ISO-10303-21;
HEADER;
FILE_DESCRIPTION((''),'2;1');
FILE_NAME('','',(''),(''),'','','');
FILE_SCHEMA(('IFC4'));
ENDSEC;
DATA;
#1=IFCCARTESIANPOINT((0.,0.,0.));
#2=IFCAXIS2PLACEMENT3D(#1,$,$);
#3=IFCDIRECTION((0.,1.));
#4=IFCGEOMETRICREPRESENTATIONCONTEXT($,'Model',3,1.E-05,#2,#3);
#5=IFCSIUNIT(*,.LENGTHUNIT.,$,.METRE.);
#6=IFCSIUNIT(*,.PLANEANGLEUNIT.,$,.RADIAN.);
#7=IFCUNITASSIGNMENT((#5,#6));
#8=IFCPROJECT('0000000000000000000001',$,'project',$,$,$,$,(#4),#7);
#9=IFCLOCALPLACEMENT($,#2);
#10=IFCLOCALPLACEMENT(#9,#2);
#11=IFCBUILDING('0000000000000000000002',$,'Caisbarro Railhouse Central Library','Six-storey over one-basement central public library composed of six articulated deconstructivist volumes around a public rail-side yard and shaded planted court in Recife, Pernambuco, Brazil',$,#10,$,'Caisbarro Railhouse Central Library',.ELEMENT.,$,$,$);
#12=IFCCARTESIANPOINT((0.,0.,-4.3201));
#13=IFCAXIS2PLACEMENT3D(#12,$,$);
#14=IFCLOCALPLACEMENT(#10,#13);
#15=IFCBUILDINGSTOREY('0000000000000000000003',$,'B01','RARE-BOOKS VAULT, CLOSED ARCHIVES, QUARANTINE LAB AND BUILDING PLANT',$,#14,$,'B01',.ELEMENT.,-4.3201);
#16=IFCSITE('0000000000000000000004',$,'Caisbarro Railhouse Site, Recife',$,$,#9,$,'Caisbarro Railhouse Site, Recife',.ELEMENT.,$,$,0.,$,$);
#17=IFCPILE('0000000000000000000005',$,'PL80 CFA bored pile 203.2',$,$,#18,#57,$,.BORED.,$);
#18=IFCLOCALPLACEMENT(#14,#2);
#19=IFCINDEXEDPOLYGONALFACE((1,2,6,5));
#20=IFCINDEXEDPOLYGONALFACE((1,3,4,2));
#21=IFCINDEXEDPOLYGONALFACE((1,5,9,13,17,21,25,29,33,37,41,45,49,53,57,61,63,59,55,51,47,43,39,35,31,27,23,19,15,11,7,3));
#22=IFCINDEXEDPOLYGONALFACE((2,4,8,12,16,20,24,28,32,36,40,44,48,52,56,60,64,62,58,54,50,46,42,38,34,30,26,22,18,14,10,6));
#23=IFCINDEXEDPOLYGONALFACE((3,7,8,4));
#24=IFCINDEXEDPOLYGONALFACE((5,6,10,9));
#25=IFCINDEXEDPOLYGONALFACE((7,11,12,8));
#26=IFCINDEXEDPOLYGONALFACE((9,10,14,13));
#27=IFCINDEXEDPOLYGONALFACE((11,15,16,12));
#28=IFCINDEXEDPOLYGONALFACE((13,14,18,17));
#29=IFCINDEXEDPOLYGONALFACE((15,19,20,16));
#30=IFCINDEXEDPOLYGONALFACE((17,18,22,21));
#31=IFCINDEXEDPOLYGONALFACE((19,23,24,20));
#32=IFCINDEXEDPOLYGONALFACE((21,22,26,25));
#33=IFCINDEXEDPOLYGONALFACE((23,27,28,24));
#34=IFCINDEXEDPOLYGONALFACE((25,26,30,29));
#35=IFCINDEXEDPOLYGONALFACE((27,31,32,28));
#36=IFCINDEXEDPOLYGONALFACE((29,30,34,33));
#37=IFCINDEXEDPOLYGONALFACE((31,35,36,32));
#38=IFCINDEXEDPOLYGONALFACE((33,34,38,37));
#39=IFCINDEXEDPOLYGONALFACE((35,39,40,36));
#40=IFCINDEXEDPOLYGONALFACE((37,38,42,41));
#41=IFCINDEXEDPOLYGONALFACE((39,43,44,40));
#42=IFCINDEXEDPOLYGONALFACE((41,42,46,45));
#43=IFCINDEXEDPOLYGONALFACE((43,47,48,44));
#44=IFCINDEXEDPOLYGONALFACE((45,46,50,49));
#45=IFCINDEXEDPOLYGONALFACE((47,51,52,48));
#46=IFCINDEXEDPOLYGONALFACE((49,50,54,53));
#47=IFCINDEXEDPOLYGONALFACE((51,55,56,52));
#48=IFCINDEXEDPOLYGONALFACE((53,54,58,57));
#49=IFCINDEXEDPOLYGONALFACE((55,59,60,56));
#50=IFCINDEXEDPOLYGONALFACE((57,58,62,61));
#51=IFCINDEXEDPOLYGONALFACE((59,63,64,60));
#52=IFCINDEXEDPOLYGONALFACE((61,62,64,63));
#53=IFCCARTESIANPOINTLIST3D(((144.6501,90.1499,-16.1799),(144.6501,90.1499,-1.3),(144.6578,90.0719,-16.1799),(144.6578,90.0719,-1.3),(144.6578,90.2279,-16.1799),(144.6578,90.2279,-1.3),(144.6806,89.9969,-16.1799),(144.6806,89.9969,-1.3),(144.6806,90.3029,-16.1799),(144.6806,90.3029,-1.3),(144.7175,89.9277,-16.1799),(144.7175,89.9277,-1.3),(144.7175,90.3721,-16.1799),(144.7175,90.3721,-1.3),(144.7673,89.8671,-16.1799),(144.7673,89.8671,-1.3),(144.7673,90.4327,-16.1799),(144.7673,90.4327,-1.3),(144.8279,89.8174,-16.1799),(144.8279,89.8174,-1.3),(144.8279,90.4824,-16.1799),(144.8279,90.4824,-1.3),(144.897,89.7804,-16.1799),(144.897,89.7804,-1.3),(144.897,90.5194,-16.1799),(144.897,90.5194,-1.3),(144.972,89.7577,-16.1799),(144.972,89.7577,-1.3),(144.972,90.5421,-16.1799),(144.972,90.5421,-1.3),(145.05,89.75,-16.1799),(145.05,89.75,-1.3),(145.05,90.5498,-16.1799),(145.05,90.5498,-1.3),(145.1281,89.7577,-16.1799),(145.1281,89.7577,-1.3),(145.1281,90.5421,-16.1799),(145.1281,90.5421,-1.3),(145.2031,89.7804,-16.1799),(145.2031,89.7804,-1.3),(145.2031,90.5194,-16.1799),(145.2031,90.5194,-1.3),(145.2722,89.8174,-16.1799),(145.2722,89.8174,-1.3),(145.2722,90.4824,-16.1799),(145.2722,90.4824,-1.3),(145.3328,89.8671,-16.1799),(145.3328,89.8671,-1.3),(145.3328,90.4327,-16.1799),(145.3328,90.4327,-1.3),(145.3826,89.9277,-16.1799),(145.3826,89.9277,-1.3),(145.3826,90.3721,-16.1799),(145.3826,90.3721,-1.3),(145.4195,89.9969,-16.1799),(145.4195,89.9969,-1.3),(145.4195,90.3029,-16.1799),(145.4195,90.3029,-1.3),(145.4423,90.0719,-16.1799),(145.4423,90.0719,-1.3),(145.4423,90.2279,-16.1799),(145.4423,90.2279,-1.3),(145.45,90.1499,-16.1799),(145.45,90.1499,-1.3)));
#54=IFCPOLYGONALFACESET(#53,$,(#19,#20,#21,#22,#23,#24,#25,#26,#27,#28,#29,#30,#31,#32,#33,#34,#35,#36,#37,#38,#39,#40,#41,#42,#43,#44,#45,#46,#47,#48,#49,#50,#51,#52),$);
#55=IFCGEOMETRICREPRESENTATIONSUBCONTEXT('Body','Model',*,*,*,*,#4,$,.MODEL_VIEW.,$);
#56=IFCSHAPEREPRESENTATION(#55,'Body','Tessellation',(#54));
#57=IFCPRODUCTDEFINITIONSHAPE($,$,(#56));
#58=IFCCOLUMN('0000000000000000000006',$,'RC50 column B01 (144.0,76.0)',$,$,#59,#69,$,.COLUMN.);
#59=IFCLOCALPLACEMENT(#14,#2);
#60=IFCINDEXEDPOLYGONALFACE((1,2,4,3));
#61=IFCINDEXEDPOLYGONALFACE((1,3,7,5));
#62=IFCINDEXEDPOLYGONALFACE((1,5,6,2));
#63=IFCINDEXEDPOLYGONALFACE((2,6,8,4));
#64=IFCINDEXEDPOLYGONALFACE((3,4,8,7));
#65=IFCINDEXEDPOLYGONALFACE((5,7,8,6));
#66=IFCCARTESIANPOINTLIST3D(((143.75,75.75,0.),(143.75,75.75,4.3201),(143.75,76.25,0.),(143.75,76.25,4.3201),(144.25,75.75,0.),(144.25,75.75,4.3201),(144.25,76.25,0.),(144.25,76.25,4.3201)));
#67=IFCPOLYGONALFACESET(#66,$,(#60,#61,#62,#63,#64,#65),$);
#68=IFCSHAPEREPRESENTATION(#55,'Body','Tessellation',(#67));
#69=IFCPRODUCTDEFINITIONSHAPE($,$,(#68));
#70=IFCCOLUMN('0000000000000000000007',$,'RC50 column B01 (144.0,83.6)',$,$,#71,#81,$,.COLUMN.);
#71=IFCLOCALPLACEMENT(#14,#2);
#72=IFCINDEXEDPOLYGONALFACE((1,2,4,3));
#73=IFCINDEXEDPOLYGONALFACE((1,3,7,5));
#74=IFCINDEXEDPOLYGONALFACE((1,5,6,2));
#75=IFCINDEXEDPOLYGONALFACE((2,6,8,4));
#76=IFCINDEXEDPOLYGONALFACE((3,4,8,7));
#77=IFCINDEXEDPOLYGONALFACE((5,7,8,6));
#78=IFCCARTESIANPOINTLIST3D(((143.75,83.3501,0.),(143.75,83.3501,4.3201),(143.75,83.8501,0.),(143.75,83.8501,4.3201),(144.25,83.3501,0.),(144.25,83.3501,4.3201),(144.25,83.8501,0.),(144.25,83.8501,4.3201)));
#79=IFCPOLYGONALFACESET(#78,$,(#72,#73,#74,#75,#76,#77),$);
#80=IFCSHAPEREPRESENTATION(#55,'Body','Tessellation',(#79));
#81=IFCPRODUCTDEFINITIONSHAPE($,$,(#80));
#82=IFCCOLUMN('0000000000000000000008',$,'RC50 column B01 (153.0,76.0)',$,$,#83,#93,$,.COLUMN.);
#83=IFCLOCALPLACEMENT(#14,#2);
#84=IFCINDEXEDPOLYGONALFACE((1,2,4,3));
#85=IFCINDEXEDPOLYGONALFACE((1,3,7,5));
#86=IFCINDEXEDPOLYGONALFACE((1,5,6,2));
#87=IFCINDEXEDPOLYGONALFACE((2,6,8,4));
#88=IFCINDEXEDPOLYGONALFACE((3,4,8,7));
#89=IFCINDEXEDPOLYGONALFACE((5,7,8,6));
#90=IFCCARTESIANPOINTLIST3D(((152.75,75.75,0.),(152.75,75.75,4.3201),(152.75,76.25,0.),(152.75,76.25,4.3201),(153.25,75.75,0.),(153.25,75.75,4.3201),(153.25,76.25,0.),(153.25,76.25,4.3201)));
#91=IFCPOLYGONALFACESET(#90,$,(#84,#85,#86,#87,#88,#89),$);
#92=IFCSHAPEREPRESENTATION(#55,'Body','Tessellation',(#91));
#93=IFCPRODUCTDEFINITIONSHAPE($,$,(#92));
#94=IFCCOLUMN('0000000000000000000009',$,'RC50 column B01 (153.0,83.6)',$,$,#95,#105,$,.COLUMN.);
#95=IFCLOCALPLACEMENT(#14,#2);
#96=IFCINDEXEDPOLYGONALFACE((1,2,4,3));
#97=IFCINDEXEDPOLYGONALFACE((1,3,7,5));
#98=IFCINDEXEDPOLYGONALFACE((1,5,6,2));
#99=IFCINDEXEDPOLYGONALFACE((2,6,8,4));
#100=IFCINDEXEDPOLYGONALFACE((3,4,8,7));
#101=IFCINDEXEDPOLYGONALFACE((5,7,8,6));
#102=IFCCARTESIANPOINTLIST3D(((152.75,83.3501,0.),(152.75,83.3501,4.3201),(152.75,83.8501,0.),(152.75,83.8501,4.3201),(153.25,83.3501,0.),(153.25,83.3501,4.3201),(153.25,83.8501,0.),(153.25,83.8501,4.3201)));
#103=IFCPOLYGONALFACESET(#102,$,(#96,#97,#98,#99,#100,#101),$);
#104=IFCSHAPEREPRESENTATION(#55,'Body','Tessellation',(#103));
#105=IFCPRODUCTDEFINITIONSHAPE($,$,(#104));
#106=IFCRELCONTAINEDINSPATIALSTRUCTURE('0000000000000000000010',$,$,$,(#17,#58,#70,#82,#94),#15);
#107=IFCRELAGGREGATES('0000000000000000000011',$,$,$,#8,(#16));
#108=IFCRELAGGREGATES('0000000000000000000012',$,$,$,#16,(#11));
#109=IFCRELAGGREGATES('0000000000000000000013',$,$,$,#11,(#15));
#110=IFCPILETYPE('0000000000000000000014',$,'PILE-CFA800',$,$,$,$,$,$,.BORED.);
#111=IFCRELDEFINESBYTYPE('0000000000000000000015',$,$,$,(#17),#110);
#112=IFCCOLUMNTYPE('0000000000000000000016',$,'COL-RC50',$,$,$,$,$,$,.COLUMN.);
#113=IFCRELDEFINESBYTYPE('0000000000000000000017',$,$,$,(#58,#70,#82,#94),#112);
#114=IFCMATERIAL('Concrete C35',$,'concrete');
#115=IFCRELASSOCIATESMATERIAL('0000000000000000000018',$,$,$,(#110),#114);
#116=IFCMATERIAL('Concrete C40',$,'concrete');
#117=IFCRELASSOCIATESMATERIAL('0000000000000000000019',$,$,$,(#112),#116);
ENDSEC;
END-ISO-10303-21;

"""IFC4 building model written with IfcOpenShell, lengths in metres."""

from ifc_helpers import new_model, si_unit, direction, frame, origin, origin_2d, place, context, subcontext, project, spatial, rectangle, circle, extrude, material, material_profile, profile_set, type_object, element, save


model = new_model("IFC4")

# Units and contexts
model_context = context("Model", 3, precision=1e-05, world=origin(), true_north=direction((0.0, 1.0)))
body_context = subcontext(model_context, "Body", "Model", "MODEL_VIEW")
ifc_project = project(units=[si_unit("LENGTHUNIT", "METRE"), si_unit("PLANEANGLEUNIT", "RADIAN")], contexts=[model_context])

# Site, building, storey
site_placement = place(None, origin())
site = spatial("IfcSite", under=ifc_project, at=site_placement, Name="Caisbarro Railhouse Site, Recife", LongName="Caisbarro Railhouse Site, Recife", CompositionType="ELEMENT", RefElevation=0.0)
building_placement = place(site_placement, origin())
building = spatial("IfcBuilding", under=site, at=building_placement, Name="Caisbarro Railhouse Central Library", Description="Six-storey over one-basement central public library composed of six articulated deconstructivist volumes around a public rail-side yard and shaded planted court in Recife, Pernambuco, Brazil", LongName="Caisbarro Railhouse Central Library", CompositionType="ELEMENT")
storey_placement = place(building_placement, frame((0.0, 0.0, -4.3201)))
storey = spatial("IfcBuildingStorey", under=building, at=storey_placement, Name="B01", Description="RARE-BOOKS VAULT, CLOSED ARCHIVES, QUARANTINE LAB AND BUILDING PLANT", LongName="B01", CompositionType="ELEMENT", Elevation=-4.3201)

# Shared definitions
ifc_material_1 = material(Name="Concrete C35", Category="concrete")
ifc_material_2 = material(Name="Concrete C40", Category="concrete")

# Pile
ifc_material_profile_1 = material_profile(ifc_material_1, circle(Radius=0.3999, at=origin_2d()), Name="PILE-CFA-800")
ifc_profile_set_1 = profile_set([ifc_material_profile_1], Name="Concrete C35")
pile_type_1 = type_object("IfcPileType", Name="PILE-CFA800", PredefinedType="BORED", material=ifc_profile_set_1)
for number, where, z_axis, x_axis, name in (
    (1, (145.05, 90.1499, -1.3), (0.0, 0.0, -1.0), (1.0, 0.0, 0.0), "PL80 CFA bored pile 203.2"),
):
    element("IfcPile", number, at=place(storey_placement, frame(where, z_axis=z_axis, x_axis=x_axis)), inside=storey, type_object=pile_type_1, Name=name, PredefinedType="BORED", context=body_context, shape_type="SweptSolid", body=[
        extrude(circle(Radius=0.3999, at=origin_2d()), origin(), (0.0, 0.0, 1.0), 14.8799),
    ])

# Columns
ifc_material_profile_2 = material_profile(ifc_material_2, rectangle(XDim=0.5, YDim=0.5, at=origin_2d()), Name="RC-COL-500X500")
ifc_profile_set_2 = profile_set([ifc_material_profile_2], Name="Concrete C40")
column_type = type_object("IfcColumnType", Name="COL-RC50", PredefinedType="COLUMN", material=ifc_profile_set_2)
for number, where, z_axis, x_axis, name in (
    (2, (144.0, 76.0, 0.0), (0.0, 0.0, 1.0), (1.0, 0.0, 0.0), "RC50 column B01 (144.0,76.0)"),
    (3, (144.0, 83.6001, 0.0), (0.0, 0.0, 1.0), (1.0, 0.0, 0.0), "RC50 column B01 (144.0,83.6)"),
    (4, (153.0, 76.0, 0.0), (0.0, 0.0, 1.0), (1.0, 0.0, 0.0), "RC50 column B01 (153.0,76.0)"),
    (5, (153.0, 83.6001, 0.0), (0.0, 0.0, 1.0), (1.0, 0.0, 0.0), "RC50 column B01 (153.0,83.6)"),
):
    element("IfcColumn", number, at=place(storey_placement, frame(where, z_axis=z_axis, x_axis=x_axis)), inside=storey, type_object=column_type, Name=name, PredefinedType="COLUMN", context=body_context, shape_type="SweptSolid", body=[
        extrude(rectangle(XDim=0.5, YDim=0.5, at=origin_2d()), origin(), (0.0, 0.0, 1.0), 4.3201),
    ])

save(model, "model.ifc")
